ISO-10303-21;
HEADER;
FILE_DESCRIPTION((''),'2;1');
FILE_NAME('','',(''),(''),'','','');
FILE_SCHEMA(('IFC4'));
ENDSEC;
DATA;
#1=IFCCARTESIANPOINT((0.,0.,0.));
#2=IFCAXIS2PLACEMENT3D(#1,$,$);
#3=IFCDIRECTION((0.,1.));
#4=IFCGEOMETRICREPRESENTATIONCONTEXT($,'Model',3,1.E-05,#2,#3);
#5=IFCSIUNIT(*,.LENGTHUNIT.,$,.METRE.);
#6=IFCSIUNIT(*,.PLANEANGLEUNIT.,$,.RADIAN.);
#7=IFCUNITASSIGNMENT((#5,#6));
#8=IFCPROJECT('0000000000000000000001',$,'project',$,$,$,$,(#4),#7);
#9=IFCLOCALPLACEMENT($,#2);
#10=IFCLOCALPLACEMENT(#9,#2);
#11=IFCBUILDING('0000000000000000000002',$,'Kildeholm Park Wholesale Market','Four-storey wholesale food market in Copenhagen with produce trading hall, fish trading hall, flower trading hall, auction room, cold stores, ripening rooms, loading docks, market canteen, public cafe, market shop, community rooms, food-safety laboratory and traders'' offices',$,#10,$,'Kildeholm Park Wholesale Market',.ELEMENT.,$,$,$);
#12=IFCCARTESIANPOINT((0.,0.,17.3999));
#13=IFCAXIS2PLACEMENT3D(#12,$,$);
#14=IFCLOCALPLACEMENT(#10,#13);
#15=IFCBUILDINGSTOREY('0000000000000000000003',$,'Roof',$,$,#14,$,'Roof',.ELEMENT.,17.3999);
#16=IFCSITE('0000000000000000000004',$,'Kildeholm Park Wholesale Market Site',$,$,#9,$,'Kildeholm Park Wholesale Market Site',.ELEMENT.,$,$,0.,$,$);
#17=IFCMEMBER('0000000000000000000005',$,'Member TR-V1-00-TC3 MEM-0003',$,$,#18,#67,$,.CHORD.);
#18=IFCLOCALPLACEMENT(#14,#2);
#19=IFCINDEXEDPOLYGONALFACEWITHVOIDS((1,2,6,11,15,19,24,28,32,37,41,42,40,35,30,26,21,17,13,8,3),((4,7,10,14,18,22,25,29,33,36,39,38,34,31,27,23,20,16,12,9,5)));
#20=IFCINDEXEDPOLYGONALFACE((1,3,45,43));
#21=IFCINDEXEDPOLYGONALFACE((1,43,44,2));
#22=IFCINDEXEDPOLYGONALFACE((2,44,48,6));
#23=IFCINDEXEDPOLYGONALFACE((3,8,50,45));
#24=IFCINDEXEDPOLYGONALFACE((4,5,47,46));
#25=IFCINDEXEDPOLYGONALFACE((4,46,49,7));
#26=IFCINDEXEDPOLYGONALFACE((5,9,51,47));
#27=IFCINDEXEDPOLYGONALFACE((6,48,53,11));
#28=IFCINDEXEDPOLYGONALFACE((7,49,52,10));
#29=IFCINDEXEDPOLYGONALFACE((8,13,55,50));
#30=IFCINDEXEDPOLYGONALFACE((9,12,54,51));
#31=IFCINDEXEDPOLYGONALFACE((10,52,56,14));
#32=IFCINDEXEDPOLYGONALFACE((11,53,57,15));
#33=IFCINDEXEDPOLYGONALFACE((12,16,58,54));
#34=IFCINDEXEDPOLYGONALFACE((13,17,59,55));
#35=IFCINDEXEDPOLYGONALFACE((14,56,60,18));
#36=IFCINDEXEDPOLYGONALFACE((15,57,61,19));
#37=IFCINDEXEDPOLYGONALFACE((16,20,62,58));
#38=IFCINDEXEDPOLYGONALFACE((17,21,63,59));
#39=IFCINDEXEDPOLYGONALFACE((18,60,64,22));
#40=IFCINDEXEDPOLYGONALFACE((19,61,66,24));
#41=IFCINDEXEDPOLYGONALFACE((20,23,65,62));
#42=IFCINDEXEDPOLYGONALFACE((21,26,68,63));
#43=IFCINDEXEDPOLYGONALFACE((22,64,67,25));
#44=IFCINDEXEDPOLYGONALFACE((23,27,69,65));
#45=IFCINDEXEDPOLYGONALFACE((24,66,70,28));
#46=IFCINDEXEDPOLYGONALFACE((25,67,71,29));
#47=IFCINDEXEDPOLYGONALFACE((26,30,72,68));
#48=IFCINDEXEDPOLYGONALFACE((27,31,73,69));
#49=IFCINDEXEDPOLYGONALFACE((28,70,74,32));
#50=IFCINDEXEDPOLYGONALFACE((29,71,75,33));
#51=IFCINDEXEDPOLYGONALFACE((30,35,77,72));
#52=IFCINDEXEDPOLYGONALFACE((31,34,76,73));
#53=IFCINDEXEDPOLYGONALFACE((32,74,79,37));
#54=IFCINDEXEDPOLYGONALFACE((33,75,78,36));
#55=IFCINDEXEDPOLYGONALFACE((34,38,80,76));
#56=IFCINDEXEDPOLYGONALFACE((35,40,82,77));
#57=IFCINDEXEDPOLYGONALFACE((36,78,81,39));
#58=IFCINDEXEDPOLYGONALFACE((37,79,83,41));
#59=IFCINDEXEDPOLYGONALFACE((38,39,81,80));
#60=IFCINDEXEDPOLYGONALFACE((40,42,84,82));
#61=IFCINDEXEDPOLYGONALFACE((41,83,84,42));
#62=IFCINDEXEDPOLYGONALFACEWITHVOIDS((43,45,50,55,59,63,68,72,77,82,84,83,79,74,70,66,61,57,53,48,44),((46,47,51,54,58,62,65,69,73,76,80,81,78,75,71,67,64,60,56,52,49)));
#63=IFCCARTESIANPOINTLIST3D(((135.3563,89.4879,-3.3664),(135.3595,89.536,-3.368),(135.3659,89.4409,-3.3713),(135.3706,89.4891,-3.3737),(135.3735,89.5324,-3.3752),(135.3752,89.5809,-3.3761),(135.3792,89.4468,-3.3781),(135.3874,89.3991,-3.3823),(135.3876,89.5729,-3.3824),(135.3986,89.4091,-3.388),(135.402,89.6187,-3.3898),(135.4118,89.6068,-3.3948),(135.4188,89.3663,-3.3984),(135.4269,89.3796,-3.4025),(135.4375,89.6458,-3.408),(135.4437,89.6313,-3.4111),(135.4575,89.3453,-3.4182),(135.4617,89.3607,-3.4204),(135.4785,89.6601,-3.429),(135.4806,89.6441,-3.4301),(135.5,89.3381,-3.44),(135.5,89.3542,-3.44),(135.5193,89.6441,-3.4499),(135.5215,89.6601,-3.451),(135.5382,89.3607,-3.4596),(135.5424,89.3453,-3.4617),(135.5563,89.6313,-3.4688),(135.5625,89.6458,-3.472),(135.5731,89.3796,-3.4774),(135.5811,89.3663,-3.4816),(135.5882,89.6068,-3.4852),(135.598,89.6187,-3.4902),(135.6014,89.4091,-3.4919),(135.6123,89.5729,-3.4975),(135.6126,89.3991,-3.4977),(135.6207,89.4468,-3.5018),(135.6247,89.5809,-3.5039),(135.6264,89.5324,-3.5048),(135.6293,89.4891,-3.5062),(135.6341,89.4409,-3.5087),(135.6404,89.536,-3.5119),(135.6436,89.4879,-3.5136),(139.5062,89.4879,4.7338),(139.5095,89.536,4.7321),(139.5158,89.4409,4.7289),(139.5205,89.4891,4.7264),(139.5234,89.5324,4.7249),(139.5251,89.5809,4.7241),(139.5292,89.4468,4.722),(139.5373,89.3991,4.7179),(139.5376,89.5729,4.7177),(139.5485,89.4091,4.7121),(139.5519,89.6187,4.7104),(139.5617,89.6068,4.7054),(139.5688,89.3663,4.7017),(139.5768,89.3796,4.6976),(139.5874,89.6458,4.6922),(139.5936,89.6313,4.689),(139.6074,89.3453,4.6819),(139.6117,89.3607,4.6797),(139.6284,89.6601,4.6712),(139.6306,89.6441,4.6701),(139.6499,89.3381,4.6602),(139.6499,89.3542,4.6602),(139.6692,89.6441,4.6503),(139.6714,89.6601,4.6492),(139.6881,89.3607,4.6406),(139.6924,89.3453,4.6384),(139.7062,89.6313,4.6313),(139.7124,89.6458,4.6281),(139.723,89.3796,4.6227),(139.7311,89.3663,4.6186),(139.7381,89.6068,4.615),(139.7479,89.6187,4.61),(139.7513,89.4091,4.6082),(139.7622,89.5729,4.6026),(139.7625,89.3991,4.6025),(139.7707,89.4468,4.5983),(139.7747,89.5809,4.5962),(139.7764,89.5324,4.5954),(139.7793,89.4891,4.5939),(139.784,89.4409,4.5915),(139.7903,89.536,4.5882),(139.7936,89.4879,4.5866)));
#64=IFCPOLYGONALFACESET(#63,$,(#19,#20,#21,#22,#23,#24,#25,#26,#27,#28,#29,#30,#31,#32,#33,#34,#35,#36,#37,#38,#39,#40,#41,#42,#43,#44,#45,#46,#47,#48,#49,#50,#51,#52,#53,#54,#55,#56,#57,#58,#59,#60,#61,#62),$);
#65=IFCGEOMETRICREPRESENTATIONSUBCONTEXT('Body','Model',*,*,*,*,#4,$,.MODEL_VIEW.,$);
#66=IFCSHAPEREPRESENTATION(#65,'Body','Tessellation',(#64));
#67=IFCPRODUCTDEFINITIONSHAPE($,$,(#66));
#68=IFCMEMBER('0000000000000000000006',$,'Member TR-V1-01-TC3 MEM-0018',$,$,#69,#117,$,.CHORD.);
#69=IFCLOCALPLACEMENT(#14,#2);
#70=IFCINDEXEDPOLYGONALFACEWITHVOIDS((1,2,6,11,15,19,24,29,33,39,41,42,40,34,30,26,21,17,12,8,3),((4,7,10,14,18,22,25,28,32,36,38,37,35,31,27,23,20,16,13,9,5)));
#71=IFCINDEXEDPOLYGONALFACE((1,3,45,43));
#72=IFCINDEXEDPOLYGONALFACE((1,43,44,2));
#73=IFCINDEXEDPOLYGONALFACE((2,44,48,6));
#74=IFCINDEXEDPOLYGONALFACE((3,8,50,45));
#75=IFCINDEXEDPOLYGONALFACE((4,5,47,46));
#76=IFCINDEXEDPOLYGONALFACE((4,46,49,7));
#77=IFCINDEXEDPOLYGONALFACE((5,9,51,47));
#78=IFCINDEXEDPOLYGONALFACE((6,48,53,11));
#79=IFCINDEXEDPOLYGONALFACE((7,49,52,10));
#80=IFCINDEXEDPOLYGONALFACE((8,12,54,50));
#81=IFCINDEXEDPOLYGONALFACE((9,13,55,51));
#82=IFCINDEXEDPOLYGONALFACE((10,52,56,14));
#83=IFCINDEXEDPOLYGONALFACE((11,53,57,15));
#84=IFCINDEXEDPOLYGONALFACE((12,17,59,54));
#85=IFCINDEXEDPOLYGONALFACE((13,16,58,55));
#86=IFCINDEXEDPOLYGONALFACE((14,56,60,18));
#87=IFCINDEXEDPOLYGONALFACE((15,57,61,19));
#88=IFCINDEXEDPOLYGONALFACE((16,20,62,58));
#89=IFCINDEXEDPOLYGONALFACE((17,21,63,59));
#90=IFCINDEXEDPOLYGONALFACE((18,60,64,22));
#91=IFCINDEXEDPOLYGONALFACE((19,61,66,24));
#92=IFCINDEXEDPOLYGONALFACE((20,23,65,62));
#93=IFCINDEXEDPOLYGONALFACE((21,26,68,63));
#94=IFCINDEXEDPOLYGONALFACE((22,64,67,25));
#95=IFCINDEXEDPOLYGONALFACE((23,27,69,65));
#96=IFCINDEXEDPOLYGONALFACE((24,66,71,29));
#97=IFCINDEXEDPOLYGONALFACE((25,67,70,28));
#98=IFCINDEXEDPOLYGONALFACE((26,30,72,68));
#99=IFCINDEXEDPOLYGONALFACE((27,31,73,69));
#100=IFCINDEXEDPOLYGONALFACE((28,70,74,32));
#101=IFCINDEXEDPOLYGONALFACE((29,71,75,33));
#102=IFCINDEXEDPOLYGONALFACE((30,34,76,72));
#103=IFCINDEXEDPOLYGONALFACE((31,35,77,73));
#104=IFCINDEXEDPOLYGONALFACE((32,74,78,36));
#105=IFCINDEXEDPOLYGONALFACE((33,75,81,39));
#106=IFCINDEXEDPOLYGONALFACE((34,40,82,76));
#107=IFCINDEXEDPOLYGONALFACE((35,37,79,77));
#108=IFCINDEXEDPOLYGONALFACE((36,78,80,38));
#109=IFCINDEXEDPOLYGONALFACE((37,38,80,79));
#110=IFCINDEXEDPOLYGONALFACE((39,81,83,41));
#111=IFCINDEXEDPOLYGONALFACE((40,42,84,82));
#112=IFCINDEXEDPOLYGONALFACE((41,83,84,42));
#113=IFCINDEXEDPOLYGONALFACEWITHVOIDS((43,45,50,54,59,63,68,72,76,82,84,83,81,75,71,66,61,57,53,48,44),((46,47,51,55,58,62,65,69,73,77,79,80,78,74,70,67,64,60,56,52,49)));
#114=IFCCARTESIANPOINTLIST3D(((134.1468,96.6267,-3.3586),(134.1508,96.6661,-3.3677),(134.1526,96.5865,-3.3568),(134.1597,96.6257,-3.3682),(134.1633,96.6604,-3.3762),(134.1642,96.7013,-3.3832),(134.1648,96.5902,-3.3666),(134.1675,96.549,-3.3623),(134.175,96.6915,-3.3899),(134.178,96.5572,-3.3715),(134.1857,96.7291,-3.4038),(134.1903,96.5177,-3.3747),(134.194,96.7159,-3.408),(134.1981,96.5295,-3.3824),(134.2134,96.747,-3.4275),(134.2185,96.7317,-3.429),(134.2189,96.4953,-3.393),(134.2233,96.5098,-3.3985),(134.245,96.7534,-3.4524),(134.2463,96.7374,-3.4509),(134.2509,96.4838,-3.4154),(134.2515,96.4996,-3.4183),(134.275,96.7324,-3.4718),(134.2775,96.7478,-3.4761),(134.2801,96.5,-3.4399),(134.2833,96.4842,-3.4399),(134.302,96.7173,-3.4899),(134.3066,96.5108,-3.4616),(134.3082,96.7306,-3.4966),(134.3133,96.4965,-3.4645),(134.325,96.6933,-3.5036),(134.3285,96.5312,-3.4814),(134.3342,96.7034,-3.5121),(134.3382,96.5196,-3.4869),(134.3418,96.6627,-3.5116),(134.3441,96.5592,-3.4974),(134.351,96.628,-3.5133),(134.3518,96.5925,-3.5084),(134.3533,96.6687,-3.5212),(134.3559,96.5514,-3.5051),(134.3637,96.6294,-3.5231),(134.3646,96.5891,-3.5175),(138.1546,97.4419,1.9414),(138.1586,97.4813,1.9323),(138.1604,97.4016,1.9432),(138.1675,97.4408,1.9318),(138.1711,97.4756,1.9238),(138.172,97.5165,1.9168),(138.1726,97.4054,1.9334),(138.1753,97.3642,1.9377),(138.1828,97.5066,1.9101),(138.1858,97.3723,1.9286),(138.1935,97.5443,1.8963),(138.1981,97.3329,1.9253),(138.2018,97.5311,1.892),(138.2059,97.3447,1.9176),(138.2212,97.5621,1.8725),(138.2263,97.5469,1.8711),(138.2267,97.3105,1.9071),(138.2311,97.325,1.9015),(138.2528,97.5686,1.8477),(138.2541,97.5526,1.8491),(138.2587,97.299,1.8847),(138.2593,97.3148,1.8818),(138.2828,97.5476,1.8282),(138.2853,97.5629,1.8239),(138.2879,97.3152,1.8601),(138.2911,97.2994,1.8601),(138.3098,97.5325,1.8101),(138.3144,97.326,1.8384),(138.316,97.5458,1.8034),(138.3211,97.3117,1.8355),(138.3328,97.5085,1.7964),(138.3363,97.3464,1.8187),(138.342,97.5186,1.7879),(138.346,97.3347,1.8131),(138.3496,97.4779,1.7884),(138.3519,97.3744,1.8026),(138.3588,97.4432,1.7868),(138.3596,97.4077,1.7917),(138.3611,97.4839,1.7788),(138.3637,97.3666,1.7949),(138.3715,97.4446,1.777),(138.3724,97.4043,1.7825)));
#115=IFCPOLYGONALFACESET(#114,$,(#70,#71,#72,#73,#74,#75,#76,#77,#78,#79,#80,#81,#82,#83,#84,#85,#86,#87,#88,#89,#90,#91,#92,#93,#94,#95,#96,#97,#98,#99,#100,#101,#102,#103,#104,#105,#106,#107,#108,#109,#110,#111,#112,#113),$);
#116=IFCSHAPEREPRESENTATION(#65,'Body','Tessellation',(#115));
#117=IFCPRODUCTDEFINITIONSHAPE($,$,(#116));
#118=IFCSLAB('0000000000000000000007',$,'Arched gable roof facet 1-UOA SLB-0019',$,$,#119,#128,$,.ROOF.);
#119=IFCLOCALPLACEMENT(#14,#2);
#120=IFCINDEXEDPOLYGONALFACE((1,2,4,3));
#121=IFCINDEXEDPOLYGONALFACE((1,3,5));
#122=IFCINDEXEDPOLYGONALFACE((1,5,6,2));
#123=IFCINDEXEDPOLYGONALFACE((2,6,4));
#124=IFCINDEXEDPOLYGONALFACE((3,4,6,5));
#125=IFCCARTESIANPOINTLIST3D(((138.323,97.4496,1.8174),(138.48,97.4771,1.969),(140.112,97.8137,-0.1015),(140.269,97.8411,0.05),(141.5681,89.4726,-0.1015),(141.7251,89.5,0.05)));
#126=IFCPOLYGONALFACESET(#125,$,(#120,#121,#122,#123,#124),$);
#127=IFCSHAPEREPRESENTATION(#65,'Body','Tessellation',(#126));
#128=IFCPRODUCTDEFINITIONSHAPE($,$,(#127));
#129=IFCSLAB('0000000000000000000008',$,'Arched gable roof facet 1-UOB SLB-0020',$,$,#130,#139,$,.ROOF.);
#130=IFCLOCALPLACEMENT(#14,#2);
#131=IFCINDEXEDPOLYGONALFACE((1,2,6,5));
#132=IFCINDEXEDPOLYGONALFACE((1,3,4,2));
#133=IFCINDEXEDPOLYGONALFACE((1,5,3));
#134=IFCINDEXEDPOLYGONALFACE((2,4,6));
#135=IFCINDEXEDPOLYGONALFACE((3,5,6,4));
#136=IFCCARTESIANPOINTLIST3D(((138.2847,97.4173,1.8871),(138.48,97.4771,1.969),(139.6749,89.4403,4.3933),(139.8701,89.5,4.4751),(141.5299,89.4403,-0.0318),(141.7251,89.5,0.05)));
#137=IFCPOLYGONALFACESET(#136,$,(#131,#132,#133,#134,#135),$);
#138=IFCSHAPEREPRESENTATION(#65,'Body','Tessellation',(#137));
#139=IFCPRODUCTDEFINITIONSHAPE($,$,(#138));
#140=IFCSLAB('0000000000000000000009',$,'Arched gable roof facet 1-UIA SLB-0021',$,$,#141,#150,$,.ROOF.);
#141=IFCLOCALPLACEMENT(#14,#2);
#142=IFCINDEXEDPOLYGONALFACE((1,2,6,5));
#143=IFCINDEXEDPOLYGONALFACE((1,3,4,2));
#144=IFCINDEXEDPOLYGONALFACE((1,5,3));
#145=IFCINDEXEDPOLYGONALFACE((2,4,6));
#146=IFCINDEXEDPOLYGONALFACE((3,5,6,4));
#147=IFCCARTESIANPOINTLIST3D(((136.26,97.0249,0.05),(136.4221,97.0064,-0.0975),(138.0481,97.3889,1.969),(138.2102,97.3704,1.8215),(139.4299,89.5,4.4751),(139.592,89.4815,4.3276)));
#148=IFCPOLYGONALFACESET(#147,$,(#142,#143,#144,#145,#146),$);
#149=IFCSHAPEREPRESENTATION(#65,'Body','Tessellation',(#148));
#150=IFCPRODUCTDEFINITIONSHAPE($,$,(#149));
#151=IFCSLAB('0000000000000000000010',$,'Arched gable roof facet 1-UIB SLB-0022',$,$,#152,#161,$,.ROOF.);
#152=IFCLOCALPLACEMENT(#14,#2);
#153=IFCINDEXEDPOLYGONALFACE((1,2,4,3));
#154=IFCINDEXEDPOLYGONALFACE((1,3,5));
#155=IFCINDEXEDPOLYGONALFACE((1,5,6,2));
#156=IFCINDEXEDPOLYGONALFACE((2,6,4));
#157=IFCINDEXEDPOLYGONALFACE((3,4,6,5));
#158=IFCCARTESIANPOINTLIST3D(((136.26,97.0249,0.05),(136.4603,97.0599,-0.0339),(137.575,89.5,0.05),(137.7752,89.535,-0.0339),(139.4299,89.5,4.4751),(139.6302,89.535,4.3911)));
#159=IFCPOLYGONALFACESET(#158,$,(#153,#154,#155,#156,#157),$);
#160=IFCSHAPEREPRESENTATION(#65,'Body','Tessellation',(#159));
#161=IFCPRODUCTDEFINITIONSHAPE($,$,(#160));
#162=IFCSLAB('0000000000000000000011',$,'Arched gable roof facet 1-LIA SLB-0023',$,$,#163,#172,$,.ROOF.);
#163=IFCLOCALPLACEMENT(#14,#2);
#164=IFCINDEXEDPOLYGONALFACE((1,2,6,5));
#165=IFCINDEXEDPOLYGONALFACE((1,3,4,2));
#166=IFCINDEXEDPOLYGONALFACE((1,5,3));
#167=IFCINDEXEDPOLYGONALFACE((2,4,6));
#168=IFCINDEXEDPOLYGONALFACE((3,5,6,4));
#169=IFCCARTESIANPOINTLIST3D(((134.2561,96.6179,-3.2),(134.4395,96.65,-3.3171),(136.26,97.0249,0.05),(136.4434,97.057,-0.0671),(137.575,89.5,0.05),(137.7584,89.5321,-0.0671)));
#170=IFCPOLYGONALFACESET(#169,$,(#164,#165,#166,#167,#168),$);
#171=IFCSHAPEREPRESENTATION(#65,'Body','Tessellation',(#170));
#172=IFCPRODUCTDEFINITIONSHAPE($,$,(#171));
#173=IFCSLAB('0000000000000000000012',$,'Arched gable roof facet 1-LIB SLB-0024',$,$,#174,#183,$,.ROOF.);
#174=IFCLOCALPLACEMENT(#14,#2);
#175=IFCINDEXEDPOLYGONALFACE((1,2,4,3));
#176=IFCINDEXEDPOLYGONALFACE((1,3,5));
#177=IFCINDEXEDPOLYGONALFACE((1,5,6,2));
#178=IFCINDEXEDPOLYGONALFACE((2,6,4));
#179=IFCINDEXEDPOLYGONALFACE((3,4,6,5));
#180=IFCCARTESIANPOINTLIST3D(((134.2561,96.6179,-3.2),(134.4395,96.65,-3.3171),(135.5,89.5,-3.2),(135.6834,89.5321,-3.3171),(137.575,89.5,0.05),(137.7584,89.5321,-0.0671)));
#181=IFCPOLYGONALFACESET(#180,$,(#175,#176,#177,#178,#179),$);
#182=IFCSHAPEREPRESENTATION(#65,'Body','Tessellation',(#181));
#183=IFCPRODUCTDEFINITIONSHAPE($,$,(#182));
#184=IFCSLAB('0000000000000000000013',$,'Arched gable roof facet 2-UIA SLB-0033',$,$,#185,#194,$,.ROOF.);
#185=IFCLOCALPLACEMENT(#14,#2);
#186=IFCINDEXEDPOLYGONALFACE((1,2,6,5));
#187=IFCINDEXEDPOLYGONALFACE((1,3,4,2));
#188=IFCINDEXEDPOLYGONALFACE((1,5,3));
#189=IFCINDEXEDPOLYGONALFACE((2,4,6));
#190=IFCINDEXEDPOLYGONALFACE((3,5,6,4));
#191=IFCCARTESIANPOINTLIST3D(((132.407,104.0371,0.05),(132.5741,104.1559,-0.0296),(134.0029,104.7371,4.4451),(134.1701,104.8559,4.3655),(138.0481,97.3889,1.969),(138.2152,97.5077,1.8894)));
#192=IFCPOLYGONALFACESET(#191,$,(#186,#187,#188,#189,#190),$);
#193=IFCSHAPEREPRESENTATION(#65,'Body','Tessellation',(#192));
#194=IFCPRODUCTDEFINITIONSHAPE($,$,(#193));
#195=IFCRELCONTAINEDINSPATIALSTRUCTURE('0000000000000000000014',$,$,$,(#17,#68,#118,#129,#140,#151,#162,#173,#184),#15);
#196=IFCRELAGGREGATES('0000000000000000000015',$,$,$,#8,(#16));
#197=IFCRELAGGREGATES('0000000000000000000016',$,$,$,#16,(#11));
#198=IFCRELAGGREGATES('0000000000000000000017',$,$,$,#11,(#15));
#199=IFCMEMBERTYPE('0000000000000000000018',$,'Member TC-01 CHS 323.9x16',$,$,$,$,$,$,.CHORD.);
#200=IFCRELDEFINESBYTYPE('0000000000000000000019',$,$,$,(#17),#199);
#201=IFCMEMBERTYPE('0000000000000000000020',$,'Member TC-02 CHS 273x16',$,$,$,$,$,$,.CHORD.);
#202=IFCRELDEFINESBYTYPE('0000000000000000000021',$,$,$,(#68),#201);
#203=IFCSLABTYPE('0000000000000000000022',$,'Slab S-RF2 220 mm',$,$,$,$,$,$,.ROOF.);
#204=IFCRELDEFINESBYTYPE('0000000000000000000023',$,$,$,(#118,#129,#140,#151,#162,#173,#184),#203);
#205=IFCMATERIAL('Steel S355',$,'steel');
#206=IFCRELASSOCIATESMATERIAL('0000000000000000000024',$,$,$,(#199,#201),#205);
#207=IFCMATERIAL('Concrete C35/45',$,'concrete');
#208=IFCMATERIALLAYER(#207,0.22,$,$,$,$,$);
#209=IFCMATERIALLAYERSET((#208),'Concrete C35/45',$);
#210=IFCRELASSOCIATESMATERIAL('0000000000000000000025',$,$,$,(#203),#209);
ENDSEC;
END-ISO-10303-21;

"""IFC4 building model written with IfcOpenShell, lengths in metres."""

from ifc_helpers import new_model, si_unit, direction, frame, origin, origin_2d, place, context, subcontext, project, spatial, polyline, hollow_circle, outline, extrude, material, layer, layer_set, material_profile, profile_set, type_object, element, save


model = new_model("IFC4")

# Units and contexts
model_context = context("Model", 3, precision=1e-05, world=origin(), true_north=direction((0.0, 1.0)))
body_context = subcontext(model_context, "Body", "Model", "MODEL_VIEW")
ifc_project = project(units=[si_unit("LENGTHUNIT", "METRE"), si_unit("PLANEANGLEUNIT", "RADIAN")], contexts=[model_context])

# Site, building, storey
site_placement = place(None, origin())
site = spatial("IfcSite", under=ifc_project, at=site_placement, Name="Kildeholm Park Wholesale Market Site", LongName="Kildeholm Park Wholesale Market Site", CompositionType="ELEMENT", RefElevation=0.0)
building_placement = place(site_placement, origin())
building = spatial("IfcBuilding", under=site, at=building_placement, Name="Kildeholm Park Wholesale Market", Description="Four-storey wholesale food market in Copenhagen with produce trading hall, fish trading hall, flower trading hall, auction room, cold stores, ripening rooms, loading docks, market canteen, public cafe, market shop, community rooms, food-safety laboratory and traders' offices", LongName="Kildeholm Park Wholesale Market", CompositionType="ELEMENT")
storey_placement = place(building_placement, frame((0.0, 0.0, 17.3999)))
storey = spatial("IfcBuildingStorey", under=building, at=storey_placement, Name="Roof", LongName="Roof", CompositionType="ELEMENT", Elevation=17.3999)

# Members
ifc_material_1 = material(Name="Steel S355", Category="steel")
ifc_material_profile_1 = material_profile(ifc_material_1, hollow_circle(Radius=0.1619, WallThickness=0.0161, at=origin_2d()), Name="CHS 323.9x16")
ifc_profile_set_1 = profile_set([ifc_material_profile_1], Name="Steel S355")
member_type_1 = type_object("IfcMemberType", Name="Member TC-01 CHS 323.9x16", PredefinedType="CHORD", material=ifc_profile_set_1)
member_1_placement = place(storey_placement, frame((139.6499, 89.5, 4.6602), z_axis=(-0.455969, 0.0, -0.889996), x_axis=(0.0, -1.0, 0.0)))
element("IfcMember", 1, at=member_1_placement, inside=storey, type_object=member_type_1, Name="Member TR-V1-00-TC3 MEM-0003", PredefinedType="CHORD", context=body_context, shape_type="SweptSolid", body=[
    extrude(hollow_circle(Radius=0.1619, WallThickness=0.0161, at=origin_2d()), origin(), (0.0, 0.0, 1.0), 9.1013),
])
ifc_material_profile_2 = material_profile(ifc_material_1, hollow_circle(Radius=0.1365, WallThickness=0.0161, at=origin_2d()), Name="CHS 273x16")
ifc_profile_set_2 = profile_set([ifc_material_profile_2], Name="Steel S355")
member_type_2 = type_object("IfcMemberType", Name="Member TC-02 CHS 273x16", PredefinedType="CHORD", material=ifc_profile_set_2)
member_2_placement = place(storey_placement, frame((138.2639, 97.4331, 1.8601), z_axis=(-0.598664, -0.121768, -0.791691), x_axis=(0.199318, -0.979935, 0.0)))
element("IfcMember", 2, at=member_2_placement, inside=storey, type_object=member_type_2, Name="Member TR-V1-01-TC3 MEM-0018", PredefinedType="CHORD", context=body_context, shape_type="SweptSolid", body=[
    extrude(hollow_circle(Radius=0.1365, WallThickness=0.0161, at=origin_2d()), origin(), (0.0, 0.0, 1.0), 6.6946),
])

# Slabs
ifc_material_2 = material(Name="Concrete C35/45", Category="concrete")
ifc_layer_1 = layer(ifc_material_2, 0.22)
ifc_layer_set_1 = layer_set([ifc_layer_1], Name="Concrete C35/45")
slab_type = type_object("IfcSlabType", Name="Slab S-RF2 220 mm", PredefinedType="ROOF", material=ifc_layer_set_1)
slab_1_placement = place(storey_placement, frame((141.7251, 89.5, 0.05), z_axis=(0.713826, 0.124609, 0.689148), x_axis=(-0.171964, 0.985103, 0.0)))
element("IfcSlab", 3, at=slab_1_placement, inside=storey, type_object=slab_type, Name="Arched gable roof facet 1-UOA SLB-0019", PredefinedType="ROOF", context=body_context, shape_type="SweptSolid", body=[
    extrude(outline(polyline([(0.0, 0.0), (8.4672, 0.0), (8.4163, 2.6482), (0.0, 0.0)])), origin(), (0.0, 0.0, -1.0), 0.22),
])
slab_2_placement = place(storey_placement, frame((141.7251, 89.5, 0.05), z_axis=(0.887586, 0.27157, 0.372076), x_axis=(-0.367799, 0.904113, 0.217492)))
element("IfcSlab", 4, at=slab_2_placement, inside=storey, type_object=slab_type, Name="Arched gable roof facet 1-UOB SLB-0020", PredefinedType="ROOF", context=body_context, shape_type="SweptSolid", body=[
    extrude(outline(polyline([(0.0, 0.0), (8.8231, 0.0), (1.6447, 4.5074), (0.0, 0.0)])), origin(), (0.0, 0.0, -1.0), 0.22),
])
slab_3_placement = place(storey_placement, frame((139.4299, 89.5, 4.4751), z_axis=(-0.736924, 0.083995, 0.670737), x_axis=(-0.164662, 0.940056, -0.298631)))
element("IfcSlab", 5, at=slab_3_placement, inside=storey, type_object=slab_type, Name="Arched gable roof facet 1-UIA SLB-0021", PredefinedType="ROOF", context=body_context, shape_type="SweptSolid", body=[
    extrude(outline(polyline([(0.0, 0.0), (8.392, 0.0), (8.9173, 2.5954), (0.0, 0.0)])), origin(), (0.0, 0.0, -1.0), 0.22),
])
slab_4_placement = place(storey_placement, frame((139.4299, 89.5, 4.4751), z_axis=(-0.910497, -0.159105, 0.381681), x_axis=(-0.341319, 0.810237, -0.476463)))
element("IfcSlab", 6, at=slab_4_placement, inside=storey, type_object=slab_type, Name="Arched gable roof facet 1-UIB SLB-0022", PredefinedType="ROOF", context=body_context, shape_type="SweptSolid", body=[
    extrude(outline(polyline([(0.0, 0.0), (9.2873, 0.0), (2.7415, 3.9378), (0.0, 0.0)])), origin(), (0.0, 0.0, -1.0), 0.22),
])
slab_5_placement = place(storey_placement, frame((137.575, 89.5, 0.05), z_axis=(-0.833861, -0.145713, 0.532394), x_axis=(-0.172137, 0.985073, 0.0)))
element("IfcSlab", 7, at=slab_5_placement, inside=storey, type_object=slab_type, Name="Arched gable roof facet 1-LIA SLB-0023", PredefinedType="ROOF", context=body_context, shape_type="SweptSolid", body=[
    extrude(outline(polyline([(0.0, 0.0), (7.6389, 0.0), (7.583, 3.8394), (0.0, 0.0)])), origin(), (0.0, 0.0, -1.0), 0.22),
])
slab_6_placement = place(storey_placement, frame((137.575, 89.5, 0.05), z_axis=(-0.833868, -0.145723, 0.53238), x_axis=(-0.390474, 0.837449, -0.382374)))
element("IfcSlab", 8, at=slab_6_placement, inside=storey, type_object=slab_type, Name="Arched gable roof facet 1-LIB SLB-0024", PredefinedType="ROOF", context=body_context, shape_type="SweptSolid", body=[
    extrude(outline(polyline([(0.0, 0.0), (8.4995, 0.0), (2.0529, 3.264), (0.0, 0.0)])), origin(), (0.0, 0.0, -1.0), 0.22),
])
slab_7_placement = place(storey_placement, frame((138.0481, 97.3889, 1.969), z_axis=(-0.759743, -0.540193, 0.361914), x_axis=(-0.462525, 0.840188, 0.283115)))
element("IfcSlab", 9, at=slab_7_placement, inside=storey, type_object=slab_type, Name="Arched gable roof facet 2-UIA SLB-0033", PredefinedType="ROOF", context=body_context, shape_type="SweptSolid", body=[
    extrude(outline(polyline([(0.0, 0.0), (8.7458, 0.0), (7.6516, 4.5995), (0.0, 0.0)])), origin(), (0.0, 0.0, -1.0), 0.22),
])

save(model, "model.ifc")
